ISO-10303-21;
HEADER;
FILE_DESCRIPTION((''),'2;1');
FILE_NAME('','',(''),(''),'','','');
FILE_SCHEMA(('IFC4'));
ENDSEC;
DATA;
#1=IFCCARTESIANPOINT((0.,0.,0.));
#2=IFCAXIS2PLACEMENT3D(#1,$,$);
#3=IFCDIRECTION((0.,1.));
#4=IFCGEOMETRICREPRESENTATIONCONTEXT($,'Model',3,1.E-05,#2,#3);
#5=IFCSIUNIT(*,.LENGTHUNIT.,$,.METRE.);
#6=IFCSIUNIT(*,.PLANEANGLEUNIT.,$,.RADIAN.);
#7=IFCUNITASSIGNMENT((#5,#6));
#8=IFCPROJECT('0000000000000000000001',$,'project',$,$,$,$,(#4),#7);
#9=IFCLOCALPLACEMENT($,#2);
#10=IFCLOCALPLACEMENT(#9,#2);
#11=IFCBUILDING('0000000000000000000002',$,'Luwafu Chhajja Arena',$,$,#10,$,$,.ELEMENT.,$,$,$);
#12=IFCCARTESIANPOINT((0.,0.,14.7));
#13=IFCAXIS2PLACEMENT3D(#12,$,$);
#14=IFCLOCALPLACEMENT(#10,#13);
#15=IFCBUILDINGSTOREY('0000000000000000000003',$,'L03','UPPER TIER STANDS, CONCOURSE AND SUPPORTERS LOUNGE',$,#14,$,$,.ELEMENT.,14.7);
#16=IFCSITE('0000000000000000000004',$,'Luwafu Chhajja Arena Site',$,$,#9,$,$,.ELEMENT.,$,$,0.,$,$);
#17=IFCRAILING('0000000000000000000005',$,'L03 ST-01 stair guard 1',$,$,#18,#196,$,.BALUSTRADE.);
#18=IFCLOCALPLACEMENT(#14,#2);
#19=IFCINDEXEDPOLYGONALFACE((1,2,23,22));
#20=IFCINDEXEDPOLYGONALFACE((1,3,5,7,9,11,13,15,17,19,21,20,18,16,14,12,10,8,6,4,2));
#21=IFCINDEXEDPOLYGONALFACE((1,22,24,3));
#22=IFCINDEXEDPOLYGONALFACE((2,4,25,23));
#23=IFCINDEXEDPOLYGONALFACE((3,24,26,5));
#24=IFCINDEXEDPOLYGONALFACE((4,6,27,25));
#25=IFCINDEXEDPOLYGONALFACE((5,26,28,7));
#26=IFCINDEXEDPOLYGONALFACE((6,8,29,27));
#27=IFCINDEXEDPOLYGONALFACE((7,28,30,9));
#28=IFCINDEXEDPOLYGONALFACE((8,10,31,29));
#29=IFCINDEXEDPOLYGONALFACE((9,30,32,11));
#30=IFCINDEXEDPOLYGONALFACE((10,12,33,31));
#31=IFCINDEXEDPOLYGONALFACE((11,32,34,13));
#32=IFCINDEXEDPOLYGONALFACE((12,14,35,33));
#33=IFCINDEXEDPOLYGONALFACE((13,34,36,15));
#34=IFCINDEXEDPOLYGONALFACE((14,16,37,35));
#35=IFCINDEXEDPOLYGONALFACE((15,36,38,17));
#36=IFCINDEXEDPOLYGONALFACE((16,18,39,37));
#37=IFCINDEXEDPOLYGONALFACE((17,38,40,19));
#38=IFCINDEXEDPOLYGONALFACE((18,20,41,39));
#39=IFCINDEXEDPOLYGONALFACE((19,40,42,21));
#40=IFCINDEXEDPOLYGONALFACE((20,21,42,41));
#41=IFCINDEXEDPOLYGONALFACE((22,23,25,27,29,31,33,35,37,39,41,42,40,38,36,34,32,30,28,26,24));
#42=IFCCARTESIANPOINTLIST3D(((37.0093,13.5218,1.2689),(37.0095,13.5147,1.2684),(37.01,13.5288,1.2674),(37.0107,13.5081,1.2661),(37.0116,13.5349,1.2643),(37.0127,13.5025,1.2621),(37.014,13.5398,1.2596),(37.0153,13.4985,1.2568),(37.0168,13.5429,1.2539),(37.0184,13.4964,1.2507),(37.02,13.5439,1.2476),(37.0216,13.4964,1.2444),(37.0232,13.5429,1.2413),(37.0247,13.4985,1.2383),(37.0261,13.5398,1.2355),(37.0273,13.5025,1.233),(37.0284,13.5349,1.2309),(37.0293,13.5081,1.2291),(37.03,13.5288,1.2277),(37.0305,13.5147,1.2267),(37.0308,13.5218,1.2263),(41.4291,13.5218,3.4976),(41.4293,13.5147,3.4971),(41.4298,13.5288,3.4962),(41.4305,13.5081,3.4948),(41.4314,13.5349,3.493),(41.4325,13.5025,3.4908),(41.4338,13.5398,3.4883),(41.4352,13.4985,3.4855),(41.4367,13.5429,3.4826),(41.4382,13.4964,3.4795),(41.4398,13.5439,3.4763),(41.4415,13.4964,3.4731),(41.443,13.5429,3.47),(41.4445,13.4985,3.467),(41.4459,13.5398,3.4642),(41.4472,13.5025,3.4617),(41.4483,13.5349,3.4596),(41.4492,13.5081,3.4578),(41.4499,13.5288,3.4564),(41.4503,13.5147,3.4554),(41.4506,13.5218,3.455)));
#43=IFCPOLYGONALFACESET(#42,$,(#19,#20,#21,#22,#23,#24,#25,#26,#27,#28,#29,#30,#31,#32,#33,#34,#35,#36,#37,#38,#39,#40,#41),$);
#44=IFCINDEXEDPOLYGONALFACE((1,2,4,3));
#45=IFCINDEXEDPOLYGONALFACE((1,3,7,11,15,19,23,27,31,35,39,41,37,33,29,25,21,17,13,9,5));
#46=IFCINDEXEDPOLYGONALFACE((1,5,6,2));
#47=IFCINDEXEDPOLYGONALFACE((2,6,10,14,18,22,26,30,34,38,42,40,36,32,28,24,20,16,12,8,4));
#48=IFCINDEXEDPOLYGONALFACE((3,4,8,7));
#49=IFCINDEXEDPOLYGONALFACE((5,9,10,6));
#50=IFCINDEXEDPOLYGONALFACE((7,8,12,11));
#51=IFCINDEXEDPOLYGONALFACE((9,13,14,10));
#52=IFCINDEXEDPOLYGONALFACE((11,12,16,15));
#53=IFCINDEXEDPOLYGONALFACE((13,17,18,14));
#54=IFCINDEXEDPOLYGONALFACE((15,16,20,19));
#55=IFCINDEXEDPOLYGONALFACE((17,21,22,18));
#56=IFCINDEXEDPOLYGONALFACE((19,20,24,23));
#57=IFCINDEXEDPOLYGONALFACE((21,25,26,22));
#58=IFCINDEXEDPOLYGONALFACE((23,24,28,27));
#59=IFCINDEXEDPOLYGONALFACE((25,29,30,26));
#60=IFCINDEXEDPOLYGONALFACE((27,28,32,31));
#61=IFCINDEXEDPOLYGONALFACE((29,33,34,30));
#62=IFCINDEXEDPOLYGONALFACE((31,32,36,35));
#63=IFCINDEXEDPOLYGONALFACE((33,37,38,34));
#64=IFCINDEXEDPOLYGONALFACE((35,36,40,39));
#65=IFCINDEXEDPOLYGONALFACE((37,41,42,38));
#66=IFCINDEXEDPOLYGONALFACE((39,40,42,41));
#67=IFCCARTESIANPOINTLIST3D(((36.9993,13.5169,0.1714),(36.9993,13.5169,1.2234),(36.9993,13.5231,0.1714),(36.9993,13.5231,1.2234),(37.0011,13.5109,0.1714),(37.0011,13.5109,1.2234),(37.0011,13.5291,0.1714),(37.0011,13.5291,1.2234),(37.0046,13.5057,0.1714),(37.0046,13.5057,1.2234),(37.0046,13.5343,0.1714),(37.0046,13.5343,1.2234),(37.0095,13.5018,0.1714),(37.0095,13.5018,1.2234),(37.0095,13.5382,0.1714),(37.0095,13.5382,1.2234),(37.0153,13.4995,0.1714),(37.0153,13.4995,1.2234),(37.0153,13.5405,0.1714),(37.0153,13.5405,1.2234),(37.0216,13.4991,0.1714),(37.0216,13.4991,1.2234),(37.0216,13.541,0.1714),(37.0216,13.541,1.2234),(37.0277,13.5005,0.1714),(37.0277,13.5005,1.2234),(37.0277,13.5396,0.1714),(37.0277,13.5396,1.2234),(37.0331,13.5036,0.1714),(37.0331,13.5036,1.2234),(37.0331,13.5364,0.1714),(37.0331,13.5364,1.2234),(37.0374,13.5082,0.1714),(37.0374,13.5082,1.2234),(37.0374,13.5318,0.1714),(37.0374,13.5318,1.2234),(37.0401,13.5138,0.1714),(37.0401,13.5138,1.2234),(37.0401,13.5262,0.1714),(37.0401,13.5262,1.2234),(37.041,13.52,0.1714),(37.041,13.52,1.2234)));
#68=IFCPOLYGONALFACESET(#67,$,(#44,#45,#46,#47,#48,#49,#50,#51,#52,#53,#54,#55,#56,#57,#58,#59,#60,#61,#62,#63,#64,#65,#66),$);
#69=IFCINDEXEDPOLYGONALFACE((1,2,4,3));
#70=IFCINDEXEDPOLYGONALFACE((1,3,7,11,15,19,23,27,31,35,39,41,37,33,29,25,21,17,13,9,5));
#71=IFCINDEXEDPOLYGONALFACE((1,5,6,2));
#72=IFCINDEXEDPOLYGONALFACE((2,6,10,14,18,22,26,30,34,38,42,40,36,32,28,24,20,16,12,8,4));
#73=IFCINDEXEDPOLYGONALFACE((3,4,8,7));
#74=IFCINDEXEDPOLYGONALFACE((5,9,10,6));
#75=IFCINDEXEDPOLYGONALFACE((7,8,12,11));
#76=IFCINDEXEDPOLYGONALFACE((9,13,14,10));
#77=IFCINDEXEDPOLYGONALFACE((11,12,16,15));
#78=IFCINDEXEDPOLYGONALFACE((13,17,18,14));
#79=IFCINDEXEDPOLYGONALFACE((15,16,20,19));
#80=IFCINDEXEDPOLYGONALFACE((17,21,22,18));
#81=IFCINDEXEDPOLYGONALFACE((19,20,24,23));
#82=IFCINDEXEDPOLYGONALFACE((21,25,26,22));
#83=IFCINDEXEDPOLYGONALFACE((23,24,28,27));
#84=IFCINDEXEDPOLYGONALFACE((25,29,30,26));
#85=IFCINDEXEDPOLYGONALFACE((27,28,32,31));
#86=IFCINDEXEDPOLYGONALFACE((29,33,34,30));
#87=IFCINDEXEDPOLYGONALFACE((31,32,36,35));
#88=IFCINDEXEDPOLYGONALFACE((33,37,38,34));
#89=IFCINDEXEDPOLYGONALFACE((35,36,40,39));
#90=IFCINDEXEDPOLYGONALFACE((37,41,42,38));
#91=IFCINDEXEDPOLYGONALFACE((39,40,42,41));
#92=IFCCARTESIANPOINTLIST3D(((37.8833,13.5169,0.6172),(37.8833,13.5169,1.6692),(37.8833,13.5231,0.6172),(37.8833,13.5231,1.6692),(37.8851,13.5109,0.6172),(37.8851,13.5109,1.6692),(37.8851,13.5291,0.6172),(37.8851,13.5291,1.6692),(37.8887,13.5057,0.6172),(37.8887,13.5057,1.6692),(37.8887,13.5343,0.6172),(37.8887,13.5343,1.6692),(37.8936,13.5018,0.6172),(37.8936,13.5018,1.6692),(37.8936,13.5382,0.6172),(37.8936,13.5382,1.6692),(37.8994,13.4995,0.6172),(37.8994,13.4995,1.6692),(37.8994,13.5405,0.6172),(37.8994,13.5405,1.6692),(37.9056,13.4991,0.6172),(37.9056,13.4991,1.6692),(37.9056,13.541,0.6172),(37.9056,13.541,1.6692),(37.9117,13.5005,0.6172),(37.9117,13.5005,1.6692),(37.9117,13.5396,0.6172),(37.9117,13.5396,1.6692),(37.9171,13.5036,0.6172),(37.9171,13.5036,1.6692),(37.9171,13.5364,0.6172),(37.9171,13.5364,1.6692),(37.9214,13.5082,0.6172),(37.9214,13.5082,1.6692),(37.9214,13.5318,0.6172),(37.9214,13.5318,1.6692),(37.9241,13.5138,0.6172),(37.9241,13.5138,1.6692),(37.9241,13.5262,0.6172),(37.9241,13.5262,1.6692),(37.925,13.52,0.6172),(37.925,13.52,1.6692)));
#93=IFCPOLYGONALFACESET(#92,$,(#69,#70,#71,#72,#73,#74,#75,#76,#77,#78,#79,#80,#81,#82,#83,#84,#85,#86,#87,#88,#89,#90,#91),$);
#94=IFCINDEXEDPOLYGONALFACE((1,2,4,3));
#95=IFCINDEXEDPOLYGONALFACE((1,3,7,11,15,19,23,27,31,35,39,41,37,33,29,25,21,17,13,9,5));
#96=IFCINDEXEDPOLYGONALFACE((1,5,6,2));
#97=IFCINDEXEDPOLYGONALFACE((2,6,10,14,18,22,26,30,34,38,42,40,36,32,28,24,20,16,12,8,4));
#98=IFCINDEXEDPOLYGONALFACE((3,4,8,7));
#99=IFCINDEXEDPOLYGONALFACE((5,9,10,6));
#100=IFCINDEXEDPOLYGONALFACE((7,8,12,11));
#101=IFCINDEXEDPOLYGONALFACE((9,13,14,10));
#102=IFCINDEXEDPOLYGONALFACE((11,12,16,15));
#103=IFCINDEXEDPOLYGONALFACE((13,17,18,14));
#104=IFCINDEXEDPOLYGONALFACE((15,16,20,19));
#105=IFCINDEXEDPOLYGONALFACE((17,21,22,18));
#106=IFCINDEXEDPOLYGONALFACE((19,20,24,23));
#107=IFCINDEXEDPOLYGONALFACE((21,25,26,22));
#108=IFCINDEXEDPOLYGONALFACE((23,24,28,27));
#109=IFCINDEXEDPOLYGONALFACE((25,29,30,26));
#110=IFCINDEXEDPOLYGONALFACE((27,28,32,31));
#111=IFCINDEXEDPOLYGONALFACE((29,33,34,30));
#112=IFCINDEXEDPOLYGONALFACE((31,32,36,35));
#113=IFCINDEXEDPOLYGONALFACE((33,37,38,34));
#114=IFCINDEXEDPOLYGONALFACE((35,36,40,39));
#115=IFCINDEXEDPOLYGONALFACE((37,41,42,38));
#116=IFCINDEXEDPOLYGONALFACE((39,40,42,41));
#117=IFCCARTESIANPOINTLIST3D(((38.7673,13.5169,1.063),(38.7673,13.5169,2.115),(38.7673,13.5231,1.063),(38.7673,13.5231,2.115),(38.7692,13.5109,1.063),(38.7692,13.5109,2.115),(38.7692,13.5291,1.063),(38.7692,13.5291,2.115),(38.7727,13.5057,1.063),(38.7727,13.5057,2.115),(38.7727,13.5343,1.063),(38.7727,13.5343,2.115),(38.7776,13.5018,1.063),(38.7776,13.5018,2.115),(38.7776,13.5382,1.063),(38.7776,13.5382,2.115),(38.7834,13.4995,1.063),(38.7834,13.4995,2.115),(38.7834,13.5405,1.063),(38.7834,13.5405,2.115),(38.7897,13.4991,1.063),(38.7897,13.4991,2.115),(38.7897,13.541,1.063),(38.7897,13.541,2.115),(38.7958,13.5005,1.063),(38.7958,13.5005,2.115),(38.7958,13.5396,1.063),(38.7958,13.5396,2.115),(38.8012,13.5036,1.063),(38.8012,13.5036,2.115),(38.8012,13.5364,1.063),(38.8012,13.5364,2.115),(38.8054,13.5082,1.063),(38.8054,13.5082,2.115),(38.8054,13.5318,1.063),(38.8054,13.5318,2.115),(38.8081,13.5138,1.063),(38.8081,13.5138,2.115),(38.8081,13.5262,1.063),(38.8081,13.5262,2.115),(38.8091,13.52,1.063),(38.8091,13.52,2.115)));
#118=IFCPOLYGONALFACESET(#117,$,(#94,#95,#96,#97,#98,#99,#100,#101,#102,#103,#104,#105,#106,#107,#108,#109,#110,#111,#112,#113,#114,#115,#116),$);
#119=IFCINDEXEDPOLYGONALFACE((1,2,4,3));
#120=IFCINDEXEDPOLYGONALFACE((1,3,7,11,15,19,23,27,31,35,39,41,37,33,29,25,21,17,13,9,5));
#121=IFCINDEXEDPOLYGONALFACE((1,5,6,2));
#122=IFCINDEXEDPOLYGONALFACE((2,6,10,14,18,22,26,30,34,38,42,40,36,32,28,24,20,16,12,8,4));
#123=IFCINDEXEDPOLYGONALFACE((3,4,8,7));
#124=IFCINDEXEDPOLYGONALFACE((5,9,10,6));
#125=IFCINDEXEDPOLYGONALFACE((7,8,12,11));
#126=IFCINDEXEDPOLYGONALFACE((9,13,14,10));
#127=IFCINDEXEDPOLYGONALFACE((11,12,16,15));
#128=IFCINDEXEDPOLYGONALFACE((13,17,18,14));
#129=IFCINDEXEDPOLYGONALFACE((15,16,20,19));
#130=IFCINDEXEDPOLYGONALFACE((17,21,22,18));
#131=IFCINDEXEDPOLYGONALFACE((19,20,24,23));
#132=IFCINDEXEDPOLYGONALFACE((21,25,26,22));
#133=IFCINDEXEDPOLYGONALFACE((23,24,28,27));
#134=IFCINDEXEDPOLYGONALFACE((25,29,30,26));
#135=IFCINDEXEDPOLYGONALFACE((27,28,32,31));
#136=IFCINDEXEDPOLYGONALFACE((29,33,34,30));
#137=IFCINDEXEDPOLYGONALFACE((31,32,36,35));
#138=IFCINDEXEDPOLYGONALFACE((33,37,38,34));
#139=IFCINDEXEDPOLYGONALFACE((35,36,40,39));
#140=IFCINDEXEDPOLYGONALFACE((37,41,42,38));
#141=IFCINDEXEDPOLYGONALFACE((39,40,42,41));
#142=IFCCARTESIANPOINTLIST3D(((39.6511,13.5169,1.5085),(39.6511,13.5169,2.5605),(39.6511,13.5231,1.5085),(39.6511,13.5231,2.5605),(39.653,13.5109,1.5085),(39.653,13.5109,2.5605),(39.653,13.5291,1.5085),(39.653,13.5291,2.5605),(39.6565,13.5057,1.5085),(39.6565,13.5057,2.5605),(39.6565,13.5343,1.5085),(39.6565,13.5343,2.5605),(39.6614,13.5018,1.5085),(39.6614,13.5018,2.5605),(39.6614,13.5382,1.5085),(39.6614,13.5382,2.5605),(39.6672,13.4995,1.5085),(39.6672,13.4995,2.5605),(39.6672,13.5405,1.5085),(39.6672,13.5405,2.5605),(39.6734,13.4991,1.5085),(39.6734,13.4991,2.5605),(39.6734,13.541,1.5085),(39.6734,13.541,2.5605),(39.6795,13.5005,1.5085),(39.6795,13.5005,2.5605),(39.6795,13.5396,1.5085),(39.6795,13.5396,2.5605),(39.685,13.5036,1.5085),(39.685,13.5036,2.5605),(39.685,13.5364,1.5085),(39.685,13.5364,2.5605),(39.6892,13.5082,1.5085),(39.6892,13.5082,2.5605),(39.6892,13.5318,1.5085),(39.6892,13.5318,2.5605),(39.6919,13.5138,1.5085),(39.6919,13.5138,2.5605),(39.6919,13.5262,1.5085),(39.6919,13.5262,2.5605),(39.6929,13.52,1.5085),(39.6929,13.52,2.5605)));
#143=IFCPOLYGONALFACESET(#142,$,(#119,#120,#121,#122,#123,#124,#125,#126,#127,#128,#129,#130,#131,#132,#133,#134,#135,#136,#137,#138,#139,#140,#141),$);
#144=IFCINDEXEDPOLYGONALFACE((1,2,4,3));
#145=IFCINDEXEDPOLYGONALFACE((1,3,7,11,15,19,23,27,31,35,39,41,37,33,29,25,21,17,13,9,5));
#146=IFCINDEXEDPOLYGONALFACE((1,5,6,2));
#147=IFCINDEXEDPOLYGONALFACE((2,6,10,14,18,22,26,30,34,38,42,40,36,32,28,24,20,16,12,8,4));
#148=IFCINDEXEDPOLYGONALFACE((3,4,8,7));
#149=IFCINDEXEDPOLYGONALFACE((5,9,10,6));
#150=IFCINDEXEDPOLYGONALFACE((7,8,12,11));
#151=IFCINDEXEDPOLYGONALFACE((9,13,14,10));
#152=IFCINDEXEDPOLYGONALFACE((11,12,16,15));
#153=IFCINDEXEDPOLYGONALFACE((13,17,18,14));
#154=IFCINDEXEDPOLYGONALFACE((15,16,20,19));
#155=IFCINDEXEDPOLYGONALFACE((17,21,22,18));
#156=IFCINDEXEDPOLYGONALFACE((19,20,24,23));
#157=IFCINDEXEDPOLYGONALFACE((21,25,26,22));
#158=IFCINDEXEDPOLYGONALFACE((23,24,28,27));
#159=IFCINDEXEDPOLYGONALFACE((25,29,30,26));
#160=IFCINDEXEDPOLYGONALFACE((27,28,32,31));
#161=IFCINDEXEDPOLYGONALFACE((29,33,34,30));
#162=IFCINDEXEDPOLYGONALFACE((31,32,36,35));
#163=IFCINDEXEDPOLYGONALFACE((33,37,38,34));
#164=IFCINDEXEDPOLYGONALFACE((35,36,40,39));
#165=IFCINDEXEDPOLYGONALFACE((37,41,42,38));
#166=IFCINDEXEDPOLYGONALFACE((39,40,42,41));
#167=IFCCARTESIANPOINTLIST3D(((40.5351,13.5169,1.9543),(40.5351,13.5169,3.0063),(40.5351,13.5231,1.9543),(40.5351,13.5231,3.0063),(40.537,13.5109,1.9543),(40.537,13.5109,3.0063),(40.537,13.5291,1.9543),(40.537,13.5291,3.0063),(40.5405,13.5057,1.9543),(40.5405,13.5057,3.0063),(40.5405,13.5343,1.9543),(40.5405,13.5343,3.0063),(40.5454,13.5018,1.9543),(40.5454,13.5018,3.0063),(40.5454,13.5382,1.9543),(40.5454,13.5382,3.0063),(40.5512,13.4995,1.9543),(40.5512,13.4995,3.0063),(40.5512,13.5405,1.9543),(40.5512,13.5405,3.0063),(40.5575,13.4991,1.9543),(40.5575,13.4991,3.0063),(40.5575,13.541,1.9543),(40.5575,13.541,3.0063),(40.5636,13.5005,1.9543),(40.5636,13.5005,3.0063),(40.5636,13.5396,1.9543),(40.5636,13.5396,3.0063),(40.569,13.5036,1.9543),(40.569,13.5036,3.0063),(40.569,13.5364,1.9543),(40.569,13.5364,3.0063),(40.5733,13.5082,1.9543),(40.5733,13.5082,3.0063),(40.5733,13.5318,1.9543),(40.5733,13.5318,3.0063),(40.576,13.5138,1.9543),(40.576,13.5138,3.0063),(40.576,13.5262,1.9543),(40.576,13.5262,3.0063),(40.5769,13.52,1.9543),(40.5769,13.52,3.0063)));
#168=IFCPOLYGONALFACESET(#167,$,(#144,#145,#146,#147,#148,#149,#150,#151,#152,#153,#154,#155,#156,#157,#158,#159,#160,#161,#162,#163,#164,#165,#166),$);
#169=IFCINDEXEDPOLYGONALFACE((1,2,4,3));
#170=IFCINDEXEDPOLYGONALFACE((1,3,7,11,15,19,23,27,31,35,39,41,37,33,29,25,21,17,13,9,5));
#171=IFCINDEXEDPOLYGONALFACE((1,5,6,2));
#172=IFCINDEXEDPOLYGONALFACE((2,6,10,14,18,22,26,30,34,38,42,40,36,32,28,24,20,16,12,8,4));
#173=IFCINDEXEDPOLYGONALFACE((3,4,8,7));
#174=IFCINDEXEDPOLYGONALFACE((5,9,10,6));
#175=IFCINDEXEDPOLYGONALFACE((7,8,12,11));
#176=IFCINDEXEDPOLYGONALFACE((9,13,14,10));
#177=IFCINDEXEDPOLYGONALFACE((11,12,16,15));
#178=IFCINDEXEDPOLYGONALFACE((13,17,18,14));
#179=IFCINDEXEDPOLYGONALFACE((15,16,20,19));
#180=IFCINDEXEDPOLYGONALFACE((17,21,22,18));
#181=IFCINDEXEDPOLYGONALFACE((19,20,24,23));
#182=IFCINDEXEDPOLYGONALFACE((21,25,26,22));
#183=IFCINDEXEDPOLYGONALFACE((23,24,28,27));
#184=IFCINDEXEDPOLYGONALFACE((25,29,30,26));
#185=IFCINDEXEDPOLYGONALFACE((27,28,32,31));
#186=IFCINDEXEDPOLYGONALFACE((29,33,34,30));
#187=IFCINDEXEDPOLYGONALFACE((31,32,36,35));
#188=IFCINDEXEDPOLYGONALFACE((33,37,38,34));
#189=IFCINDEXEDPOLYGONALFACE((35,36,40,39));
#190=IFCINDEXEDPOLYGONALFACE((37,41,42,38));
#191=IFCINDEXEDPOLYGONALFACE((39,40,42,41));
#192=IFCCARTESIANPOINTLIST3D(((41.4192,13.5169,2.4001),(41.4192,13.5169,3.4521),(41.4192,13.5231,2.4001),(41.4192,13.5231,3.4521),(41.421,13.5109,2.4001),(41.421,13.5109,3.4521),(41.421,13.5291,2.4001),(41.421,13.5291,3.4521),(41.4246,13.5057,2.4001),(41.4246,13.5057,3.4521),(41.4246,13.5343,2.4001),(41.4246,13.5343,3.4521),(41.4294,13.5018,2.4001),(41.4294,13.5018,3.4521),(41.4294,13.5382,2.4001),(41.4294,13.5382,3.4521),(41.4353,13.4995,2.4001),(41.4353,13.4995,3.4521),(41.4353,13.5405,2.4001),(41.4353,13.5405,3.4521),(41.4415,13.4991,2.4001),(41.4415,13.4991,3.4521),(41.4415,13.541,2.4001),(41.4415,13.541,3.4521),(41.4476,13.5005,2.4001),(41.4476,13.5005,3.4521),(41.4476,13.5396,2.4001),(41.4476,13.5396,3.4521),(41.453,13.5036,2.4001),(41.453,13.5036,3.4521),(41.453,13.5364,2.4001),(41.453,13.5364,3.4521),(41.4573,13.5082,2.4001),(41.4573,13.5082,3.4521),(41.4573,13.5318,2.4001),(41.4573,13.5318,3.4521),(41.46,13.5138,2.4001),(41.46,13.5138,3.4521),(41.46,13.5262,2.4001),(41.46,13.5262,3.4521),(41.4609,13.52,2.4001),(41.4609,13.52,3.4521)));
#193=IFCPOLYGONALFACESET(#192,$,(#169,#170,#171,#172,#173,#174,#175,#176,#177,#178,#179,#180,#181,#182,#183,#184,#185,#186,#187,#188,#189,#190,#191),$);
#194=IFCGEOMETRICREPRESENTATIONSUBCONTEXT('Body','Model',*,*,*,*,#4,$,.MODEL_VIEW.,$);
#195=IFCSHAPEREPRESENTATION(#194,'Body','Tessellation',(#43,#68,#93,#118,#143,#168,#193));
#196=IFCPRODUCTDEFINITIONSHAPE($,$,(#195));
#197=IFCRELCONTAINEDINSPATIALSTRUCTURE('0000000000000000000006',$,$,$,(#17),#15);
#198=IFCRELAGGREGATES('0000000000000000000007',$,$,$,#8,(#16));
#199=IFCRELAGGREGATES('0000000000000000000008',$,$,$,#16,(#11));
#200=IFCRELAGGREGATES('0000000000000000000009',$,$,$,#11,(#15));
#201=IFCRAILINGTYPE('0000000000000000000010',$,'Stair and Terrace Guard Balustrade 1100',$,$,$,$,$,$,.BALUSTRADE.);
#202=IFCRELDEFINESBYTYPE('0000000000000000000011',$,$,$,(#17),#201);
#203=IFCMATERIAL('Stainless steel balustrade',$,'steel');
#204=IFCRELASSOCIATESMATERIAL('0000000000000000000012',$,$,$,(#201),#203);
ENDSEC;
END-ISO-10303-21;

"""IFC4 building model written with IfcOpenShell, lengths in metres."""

from ifc_helpers import new_model, si_unit, direction, frame, origin, origin_2d, place, context, subcontext, project, spatial, circle, extrude, material, type_object, element, save


model = new_model("IFC4")

# Units and contexts
model_context = context("Model", 3, precision=1e-05, world=origin(), true_north=direction((0.0, 1.0)))
body_context = subcontext(model_context, "Body", "Model", "MODEL_VIEW")
ifc_project = project(units=[si_unit("LENGTHUNIT", "METRE"), si_unit("PLANEANGLEUNIT", "RADIAN")], contexts=[model_context])

# Site, building, storey
site_placement = place(None, origin())
site = spatial("IfcSite", under=ifc_project, at=site_placement, Name="Luwafu Chhajja Arena Site", CompositionType="ELEMENT", RefElevation=0.0)
building_placement = place(site_placement, origin())
building = spatial("IfcBuilding", under=site, at=building_placement, Name="Luwafu Chhajja Arena", CompositionType="ELEMENT")
storey_placement = place(building_placement, frame((0.0, 0.0, 14.7)))
storey = spatial("IfcBuildingStorey", under=building, at=storey_placement, Name="L03", Description="UPPER TIER STANDS, CONCOURSE AND SUPPORTERS LOUNGE", CompositionType="ELEMENT", Elevation=14.7)

# Railing
ifc_material_1 = material(Name="Stainless steel balustrade", Category="steel")
railing_type_1 = type_object("IfcRailingType", Name="Stair and Terrace Guard Balustrade 1100", PredefinedType="BALUSTRADE", material=ifc_material_1)
railing_1_placement = place(storey_placement, frame((37.02, 13.52, 0.1714)))
element("IfcRailing", 1, at=railing_1_placement, inside=storey, type_object=railing_type_1, Name="L03 ST-01 stair guard 1", PredefinedType="BALUSTRADE", context=body_context, shape_type="SweptSolid", body=[
    extrude(circle(Radius=0.0239, at=origin_2d()), frame((0.0, 0.0, 1.0762), z_axis=(0.892903, 0.0, 0.450249), x_axis=(0.0, 1.0, 0.0)), (0.0, 0.0, 1.0), 4.95),
    extrude(circle(Radius=0.021, at=origin_2d()), origin(), (0.0, 0.0, 1.0), 1.052),
    extrude(circle(Radius=0.021, at=origin_2d()), frame((0.884, 0.0, 0.4458)), (0.0, 0.0, 1.0), 1.052),
    extrude(circle(Radius=0.021, at=origin_2d()), frame((1.7681, 0.0, 0.8916)), (0.0, 0.0, 1.0), 1.052),
    extrude(circle(Radius=0.021, at=origin_2d()), frame((2.6519, 0.0, 1.3372)), (0.0, 0.0, 1.0), 1.052),
    extrude(circle(Radius=0.021, at=origin_2d()), frame((3.5359, 0.0, 1.783)), (0.0, 0.0, 1.0), 1.052),
    extrude(circle(Radius=0.021, at=origin_2d()), frame((4.4199, 0.0, 2.2288)), (0.0, 0.0, 1.0), 1.052),
])

save(model, "model.ifc")
